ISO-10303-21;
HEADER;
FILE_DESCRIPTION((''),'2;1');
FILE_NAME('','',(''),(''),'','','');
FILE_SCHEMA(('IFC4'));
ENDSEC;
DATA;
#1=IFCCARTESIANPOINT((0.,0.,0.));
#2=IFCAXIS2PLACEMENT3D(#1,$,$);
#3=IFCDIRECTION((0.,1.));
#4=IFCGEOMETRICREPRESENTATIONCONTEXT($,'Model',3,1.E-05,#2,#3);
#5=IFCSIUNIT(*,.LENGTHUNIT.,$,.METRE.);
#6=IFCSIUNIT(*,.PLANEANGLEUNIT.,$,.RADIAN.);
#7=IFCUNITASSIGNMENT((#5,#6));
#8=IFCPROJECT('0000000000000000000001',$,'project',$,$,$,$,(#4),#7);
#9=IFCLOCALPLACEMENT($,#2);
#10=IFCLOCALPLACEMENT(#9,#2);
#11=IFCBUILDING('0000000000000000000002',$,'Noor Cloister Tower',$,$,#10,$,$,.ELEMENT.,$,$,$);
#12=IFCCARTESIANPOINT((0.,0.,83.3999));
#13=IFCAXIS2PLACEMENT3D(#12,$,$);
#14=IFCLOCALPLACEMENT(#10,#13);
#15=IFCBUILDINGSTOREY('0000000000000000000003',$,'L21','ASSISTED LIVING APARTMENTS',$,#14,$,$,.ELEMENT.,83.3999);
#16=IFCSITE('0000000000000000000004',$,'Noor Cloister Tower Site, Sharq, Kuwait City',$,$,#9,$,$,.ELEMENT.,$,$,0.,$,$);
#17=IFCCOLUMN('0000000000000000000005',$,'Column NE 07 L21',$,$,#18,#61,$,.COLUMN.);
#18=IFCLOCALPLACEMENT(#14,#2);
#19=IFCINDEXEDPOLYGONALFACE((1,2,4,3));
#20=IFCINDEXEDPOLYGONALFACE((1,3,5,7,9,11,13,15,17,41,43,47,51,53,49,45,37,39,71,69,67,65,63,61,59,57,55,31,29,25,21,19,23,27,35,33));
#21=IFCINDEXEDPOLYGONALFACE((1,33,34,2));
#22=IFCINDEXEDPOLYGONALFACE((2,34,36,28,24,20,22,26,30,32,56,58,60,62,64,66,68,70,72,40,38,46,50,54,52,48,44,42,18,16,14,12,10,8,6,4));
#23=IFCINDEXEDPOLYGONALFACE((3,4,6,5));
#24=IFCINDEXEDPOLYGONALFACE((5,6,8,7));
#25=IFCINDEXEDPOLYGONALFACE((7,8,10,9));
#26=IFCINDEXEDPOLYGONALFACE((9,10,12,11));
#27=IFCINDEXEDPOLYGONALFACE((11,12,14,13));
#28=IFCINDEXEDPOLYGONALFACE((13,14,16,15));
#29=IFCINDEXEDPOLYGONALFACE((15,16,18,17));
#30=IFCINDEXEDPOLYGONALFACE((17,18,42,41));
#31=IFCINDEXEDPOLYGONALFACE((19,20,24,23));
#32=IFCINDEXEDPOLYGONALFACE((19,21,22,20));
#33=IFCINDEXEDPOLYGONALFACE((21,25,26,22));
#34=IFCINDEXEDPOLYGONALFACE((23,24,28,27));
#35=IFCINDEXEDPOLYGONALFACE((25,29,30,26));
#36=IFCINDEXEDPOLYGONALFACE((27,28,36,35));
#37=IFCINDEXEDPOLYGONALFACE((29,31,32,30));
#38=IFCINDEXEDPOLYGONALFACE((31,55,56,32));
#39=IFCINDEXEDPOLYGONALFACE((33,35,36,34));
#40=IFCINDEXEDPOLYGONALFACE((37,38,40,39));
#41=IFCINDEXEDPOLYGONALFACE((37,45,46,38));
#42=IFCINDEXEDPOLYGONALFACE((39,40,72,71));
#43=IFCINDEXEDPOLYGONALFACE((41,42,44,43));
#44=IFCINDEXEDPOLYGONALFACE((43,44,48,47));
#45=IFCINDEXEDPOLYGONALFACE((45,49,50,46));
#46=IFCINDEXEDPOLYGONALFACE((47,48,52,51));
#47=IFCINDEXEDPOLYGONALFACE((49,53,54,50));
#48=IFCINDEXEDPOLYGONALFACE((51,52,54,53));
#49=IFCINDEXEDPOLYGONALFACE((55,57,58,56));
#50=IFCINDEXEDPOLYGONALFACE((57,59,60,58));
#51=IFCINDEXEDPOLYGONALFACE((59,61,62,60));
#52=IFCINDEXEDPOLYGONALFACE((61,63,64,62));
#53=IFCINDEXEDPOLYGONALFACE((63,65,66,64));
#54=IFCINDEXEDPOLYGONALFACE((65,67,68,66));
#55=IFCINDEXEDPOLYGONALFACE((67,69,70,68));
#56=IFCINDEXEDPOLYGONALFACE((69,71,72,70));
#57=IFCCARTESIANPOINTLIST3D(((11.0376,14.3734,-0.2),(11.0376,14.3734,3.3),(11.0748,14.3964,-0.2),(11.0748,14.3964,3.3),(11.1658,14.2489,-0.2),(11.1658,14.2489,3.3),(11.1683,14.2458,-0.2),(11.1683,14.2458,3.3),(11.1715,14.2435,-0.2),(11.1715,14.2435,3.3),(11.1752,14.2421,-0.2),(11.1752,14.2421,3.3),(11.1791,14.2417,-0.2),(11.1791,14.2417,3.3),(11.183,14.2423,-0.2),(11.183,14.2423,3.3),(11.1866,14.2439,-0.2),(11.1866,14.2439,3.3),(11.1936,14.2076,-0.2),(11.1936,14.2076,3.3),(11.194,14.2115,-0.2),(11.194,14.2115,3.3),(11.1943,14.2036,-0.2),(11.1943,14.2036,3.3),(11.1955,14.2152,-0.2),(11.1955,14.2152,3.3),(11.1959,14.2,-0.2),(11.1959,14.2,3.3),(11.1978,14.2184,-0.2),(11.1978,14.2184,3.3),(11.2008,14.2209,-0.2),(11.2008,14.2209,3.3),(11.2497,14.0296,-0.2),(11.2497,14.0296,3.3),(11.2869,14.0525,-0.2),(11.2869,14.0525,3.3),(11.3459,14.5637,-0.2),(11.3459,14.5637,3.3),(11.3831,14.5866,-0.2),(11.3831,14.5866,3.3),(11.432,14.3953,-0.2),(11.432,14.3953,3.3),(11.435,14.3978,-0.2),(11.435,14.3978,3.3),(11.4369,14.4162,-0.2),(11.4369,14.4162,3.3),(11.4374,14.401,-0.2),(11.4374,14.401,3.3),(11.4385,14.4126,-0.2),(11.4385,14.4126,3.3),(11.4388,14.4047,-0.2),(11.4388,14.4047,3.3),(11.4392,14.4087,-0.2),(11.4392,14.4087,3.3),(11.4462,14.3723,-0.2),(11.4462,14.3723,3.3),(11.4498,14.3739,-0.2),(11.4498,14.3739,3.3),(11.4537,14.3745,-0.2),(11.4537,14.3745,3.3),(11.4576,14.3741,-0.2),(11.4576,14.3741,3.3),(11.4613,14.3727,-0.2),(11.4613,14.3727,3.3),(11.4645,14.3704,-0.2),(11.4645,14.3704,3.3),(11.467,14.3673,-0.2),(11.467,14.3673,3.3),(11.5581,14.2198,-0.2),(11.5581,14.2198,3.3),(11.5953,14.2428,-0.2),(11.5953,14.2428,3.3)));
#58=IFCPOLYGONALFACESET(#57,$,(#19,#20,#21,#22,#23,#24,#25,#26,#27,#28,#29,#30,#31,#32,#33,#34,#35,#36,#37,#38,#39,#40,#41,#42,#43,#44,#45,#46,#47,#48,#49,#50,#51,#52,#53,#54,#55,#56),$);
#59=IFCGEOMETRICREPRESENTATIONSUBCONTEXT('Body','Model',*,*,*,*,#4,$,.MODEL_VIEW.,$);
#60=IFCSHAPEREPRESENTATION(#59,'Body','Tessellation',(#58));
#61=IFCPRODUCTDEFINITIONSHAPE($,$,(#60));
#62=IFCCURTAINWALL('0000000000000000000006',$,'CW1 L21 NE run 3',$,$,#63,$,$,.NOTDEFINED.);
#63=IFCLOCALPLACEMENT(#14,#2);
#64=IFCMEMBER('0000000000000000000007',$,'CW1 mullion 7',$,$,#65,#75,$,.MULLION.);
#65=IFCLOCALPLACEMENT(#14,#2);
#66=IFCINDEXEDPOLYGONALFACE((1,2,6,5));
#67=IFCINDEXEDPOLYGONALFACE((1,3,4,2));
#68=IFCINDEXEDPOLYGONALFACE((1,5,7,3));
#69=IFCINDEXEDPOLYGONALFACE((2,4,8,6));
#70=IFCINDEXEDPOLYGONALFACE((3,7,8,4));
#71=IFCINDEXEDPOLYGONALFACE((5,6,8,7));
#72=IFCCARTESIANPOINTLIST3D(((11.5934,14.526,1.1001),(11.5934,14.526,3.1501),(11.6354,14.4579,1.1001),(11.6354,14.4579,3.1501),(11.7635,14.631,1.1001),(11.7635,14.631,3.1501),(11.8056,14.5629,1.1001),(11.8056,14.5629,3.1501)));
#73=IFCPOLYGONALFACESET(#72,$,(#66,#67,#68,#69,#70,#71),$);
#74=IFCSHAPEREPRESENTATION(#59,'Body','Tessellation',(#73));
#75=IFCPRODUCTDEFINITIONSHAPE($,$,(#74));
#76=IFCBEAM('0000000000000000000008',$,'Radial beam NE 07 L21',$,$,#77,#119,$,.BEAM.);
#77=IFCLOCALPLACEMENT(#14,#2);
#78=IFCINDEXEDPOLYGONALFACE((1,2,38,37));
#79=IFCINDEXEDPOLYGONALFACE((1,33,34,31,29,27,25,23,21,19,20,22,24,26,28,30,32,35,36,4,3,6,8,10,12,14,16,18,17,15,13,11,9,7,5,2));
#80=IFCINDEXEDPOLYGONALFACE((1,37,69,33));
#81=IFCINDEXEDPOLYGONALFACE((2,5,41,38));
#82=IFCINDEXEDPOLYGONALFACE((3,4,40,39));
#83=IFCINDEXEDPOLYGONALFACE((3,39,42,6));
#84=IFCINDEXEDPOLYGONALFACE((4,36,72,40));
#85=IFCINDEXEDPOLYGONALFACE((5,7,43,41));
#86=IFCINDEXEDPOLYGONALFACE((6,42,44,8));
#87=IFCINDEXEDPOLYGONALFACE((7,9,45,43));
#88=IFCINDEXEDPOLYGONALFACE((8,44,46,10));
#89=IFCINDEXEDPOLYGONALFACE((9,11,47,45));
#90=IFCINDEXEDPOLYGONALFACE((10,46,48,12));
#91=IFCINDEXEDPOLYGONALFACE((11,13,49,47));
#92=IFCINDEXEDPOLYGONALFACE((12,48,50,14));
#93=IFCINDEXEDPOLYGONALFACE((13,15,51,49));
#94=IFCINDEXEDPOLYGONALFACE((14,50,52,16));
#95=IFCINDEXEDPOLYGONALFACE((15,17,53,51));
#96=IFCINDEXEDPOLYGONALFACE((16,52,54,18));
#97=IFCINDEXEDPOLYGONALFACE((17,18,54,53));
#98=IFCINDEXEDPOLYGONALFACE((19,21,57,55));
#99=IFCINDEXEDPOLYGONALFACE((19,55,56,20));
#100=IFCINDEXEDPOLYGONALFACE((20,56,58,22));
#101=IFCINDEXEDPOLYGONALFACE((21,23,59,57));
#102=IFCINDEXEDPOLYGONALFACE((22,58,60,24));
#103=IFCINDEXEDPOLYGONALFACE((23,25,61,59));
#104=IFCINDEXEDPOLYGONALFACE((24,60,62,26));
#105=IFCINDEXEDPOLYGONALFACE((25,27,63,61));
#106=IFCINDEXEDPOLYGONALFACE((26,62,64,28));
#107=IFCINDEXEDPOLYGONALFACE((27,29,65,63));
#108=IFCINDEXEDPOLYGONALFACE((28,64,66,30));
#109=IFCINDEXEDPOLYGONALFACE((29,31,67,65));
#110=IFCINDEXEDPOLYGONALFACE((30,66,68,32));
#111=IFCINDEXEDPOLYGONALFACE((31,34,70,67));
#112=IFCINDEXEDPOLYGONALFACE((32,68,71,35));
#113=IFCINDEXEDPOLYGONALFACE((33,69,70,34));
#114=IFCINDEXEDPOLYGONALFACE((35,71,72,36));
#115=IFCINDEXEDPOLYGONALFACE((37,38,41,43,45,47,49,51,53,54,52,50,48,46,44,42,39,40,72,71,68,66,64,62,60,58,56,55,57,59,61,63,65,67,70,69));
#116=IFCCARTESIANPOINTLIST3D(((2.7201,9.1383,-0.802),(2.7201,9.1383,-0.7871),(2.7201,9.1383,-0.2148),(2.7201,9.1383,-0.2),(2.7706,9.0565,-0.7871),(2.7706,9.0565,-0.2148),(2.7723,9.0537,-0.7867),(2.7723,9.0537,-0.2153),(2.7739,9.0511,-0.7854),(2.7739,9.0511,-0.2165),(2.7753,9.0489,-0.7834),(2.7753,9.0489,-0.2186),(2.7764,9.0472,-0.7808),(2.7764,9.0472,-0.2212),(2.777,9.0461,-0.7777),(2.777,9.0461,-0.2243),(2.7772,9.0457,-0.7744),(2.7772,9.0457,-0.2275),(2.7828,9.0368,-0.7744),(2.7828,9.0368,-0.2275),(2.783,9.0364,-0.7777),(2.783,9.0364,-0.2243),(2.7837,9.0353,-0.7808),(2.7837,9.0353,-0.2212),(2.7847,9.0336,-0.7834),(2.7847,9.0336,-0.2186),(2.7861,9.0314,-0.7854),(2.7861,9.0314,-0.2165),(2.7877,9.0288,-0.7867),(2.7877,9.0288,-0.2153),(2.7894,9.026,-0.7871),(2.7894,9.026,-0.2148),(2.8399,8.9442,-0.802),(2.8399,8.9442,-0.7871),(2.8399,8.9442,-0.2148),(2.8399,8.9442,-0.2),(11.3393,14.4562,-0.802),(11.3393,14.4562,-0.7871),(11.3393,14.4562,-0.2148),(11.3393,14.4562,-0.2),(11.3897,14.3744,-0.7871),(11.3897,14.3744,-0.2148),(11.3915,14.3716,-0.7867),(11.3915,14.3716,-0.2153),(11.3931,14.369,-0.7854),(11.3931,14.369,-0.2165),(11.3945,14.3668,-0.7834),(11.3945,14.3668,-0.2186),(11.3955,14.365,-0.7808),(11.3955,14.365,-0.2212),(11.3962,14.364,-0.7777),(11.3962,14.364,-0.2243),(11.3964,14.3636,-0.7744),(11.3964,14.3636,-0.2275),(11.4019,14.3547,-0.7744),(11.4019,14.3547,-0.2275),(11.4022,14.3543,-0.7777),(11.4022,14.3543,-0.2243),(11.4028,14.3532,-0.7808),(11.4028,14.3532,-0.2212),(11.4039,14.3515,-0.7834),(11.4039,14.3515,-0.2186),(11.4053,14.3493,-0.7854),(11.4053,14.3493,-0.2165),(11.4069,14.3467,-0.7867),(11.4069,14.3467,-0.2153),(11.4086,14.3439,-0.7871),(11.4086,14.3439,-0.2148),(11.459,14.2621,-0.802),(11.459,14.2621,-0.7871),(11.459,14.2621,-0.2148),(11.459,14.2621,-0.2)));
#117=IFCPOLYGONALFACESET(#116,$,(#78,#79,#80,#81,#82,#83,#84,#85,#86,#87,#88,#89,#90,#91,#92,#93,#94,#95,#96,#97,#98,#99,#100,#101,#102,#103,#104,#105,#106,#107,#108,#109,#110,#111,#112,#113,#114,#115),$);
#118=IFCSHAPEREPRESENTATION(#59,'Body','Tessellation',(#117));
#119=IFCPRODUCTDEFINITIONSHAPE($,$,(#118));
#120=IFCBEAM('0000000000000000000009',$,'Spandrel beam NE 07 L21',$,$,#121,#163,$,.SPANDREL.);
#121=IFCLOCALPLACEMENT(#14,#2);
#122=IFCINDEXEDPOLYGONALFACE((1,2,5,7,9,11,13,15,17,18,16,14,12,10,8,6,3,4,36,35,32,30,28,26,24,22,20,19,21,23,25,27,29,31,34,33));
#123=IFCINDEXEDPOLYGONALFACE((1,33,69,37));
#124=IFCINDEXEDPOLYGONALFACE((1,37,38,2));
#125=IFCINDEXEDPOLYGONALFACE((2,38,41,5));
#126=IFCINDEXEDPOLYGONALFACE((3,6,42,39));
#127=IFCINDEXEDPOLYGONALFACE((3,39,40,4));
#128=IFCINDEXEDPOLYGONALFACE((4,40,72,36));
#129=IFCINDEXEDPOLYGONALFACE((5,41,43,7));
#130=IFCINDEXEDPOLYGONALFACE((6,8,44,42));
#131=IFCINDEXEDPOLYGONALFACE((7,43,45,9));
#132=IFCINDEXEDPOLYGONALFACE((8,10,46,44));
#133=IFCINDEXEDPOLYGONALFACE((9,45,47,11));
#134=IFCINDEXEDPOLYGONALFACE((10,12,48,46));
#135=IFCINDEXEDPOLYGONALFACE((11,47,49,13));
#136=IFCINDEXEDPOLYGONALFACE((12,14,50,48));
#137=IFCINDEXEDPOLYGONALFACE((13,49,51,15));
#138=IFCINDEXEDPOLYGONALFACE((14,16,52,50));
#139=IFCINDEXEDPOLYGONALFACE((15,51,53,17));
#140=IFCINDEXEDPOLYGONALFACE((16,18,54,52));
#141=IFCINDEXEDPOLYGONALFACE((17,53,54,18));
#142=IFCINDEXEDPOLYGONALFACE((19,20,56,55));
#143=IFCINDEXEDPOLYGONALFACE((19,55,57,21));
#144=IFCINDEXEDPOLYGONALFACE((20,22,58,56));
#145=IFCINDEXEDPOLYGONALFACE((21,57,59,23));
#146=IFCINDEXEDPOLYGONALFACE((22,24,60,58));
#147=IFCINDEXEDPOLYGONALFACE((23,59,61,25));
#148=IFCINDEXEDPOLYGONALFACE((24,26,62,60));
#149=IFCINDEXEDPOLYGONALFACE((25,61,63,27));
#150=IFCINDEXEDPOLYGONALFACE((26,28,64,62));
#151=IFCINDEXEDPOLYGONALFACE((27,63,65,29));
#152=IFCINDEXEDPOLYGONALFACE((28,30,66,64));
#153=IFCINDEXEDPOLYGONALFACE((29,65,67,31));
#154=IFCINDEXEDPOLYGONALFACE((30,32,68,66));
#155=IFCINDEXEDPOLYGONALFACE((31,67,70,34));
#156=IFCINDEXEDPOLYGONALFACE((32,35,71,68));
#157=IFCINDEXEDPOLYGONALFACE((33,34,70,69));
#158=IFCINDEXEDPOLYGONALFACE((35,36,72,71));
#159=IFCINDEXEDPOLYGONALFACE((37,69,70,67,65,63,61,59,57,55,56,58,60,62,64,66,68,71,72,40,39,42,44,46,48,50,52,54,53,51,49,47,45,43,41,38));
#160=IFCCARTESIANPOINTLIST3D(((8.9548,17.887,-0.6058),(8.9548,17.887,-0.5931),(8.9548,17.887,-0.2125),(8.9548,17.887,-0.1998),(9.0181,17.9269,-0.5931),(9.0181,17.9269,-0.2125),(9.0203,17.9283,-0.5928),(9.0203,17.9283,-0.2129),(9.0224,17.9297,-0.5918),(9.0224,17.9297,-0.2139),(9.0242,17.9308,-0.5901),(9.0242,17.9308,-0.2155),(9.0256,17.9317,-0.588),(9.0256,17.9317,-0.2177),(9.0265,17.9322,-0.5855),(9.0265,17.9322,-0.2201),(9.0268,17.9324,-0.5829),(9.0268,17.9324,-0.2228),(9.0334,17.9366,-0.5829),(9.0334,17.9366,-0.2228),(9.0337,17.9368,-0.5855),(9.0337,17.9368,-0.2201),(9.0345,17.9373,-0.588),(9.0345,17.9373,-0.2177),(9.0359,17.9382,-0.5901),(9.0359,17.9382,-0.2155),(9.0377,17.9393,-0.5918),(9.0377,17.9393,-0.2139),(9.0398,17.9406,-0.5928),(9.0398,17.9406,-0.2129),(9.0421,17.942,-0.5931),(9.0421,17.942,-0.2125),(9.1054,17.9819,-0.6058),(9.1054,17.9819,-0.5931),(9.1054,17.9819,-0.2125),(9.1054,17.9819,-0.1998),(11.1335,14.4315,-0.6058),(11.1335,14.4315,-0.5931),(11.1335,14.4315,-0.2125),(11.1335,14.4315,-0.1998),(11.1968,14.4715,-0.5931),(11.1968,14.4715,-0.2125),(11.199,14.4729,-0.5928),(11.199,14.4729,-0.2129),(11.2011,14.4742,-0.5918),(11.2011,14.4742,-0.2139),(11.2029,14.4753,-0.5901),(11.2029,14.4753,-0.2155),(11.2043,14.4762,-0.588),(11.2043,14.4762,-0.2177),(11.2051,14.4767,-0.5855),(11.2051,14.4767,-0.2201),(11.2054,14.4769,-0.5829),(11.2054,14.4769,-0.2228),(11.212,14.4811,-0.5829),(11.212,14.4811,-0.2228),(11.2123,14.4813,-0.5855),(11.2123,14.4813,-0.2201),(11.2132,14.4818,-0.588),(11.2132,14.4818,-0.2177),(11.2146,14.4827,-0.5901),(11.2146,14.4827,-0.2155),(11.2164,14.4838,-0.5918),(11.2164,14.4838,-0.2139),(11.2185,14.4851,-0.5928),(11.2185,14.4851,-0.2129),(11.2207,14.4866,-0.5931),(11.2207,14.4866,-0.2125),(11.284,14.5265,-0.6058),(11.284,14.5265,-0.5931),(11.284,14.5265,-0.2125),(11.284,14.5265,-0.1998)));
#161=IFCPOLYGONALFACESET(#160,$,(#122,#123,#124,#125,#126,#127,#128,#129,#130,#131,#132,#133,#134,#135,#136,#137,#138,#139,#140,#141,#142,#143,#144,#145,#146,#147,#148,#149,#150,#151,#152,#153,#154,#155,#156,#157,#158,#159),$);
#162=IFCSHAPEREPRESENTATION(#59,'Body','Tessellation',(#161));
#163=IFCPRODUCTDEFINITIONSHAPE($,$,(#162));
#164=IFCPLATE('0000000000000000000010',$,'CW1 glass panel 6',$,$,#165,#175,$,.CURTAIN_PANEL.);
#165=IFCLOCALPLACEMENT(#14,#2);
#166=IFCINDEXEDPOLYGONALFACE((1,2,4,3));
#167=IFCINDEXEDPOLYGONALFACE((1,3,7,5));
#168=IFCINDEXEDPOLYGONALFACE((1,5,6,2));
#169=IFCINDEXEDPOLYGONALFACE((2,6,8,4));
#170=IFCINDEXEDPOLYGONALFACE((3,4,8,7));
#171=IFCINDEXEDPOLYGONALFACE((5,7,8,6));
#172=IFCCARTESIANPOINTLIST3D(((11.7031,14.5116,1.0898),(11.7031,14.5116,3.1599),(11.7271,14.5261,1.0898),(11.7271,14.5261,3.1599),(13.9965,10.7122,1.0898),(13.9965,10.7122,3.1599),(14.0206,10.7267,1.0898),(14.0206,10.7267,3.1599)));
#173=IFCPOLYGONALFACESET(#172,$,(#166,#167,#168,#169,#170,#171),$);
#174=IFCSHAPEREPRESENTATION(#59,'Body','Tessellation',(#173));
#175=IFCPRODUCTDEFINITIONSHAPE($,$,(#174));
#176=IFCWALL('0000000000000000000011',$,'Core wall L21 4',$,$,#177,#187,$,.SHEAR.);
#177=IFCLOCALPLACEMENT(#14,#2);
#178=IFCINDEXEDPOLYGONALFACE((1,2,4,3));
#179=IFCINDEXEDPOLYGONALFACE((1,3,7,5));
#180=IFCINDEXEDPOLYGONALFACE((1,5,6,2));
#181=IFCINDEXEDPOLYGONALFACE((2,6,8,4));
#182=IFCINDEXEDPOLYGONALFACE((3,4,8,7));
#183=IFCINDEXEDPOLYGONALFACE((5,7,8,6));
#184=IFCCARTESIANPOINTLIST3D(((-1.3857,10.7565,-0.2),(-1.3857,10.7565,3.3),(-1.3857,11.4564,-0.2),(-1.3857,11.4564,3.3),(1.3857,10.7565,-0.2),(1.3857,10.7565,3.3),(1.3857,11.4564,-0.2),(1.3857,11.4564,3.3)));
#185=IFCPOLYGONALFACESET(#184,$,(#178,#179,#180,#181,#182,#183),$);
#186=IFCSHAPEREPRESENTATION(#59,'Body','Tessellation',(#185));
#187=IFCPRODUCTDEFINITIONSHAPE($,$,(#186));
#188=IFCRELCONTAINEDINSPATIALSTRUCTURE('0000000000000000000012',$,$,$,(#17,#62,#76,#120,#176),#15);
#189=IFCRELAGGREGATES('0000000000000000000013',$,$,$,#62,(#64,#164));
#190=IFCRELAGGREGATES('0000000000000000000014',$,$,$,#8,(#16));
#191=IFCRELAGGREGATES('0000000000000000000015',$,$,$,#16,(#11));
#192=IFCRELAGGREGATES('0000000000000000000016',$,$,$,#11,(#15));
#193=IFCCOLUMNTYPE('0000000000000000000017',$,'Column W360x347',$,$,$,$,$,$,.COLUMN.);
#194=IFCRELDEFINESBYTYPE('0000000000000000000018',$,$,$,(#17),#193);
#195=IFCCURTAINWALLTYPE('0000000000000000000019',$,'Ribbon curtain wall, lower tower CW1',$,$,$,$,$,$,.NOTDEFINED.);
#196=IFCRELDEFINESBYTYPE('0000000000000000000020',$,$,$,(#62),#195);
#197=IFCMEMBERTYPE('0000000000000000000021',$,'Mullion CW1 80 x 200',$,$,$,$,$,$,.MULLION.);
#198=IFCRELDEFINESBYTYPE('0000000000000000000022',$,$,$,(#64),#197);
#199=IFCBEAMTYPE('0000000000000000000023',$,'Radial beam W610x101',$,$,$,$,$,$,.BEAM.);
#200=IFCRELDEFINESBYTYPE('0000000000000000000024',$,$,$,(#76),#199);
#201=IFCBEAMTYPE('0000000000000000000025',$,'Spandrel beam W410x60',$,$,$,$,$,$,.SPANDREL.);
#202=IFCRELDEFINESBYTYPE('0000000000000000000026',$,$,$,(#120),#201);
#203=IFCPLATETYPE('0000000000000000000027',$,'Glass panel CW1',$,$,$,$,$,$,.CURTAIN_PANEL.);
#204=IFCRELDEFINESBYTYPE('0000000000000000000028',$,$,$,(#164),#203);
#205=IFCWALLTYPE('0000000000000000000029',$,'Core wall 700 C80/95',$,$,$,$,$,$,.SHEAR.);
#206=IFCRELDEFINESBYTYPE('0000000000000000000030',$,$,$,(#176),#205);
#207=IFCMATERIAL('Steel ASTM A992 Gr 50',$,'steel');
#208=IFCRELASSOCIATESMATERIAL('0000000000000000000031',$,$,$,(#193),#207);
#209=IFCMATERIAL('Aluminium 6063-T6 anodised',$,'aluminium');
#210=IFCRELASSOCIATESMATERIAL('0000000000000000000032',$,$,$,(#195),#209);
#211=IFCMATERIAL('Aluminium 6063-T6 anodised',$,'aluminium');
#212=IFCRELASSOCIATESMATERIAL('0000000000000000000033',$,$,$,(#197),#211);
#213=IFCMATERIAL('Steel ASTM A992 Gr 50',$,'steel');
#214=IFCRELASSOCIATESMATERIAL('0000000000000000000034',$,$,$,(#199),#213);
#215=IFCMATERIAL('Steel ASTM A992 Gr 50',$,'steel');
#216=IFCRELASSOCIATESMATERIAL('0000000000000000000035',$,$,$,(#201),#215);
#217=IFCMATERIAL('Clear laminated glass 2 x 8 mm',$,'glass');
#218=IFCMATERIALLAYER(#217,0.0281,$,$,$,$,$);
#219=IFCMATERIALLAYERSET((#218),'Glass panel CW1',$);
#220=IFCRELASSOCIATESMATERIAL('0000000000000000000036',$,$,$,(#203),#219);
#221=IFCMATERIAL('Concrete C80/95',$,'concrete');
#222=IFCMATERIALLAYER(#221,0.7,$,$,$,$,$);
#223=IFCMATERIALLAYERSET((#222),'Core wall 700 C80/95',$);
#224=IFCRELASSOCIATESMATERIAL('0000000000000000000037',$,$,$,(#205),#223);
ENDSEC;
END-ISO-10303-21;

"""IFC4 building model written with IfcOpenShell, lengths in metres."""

from ifc_helpers import new_model, si_unit, direction, frame, frame_2d, origin, origin_2d, place, context, subcontext, project, spatial, rectangle, i_section, extrude, material, layer, layer_set, material_profile, profile_set, type_object, element, aggregate, save


model = new_model("IFC4")

# Units and contexts
model_context = context("Model", 3, precision=1e-05, world=origin(), true_north=direction((0.0, 1.0)))
body_context = subcontext(model_context, "Body", "Model", "MODEL_VIEW")
ifc_project = project(units=[si_unit("LENGTHUNIT", "METRE"), si_unit("PLANEANGLEUNIT", "RADIAN")], contexts=[model_context])

# Site, building, storey
site_placement = place(None, origin())
site = spatial("IfcSite", under=ifc_project, at=site_placement, Name="Noor Cloister Tower Site, Sharq, Kuwait City", CompositionType="ELEMENT", RefElevation=0.0)
building_placement = place(site_placement, origin())
building = spatial("IfcBuilding", under=site, at=building_placement, Name="Noor Cloister Tower", CompositionType="ELEMENT")
storey_placement = place(building_placement, frame((0.0, 0.0, 83.3999)))
storey = spatial("IfcBuildingStorey", under=building, at=storey_placement, Name="L21", Description="ASSISTED LIVING APARTMENTS", CompositionType="ELEMENT", Elevation=83.3999)

# Column
ifc_material_1 = material(Name="Steel ASTM A992 Gr 50", Category="steel")
ifc_material_profile_1 = material_profile(ifc_material_1, i_section(OverallWidth=0.4041, OverallDepth=0.406, WebThickness=0.0271, FlangeThickness=0.0437, FilletRadius=0.0151, at=origin_2d()), Name="W360x347")
ifc_profile_set_1 = profile_set([ifc_material_profile_1], Name="Steel ASTM A992 Gr 50")
column_type = type_object("IfcColumnType", Name="Column W360x347", PredefinedType="COLUMN", material=ifc_profile_set_1)
column_placement = place(storey_placement, frame((11.3164, 14.3081, -0.2), z_axis=(0.0, 0.0, 1.0), x_axis=(-0.525088, 0.851048, 0.0)))
element("IfcColumn", 1, at=column_placement, inside=storey, type_object=column_type, Name="Column NE 07 L21", PredefinedType="COLUMN", context=body_context, shape_type="SweptSolid", body=[
    extrude(i_section(OverallWidth=0.4041, OverallDepth=0.406, WebThickness=0.0271, FlangeThickness=0.0437, FilletRadius=0.0151, at=origin_2d()), origin(), (0.0, 0.0, 1.0), 3.5),
])

# Curtain wall, member
ifc_material_2 = material(Name="Aluminium 6063-T6 anodised", Category="aluminium")
curtain_wall_type = type_object("IfcCurtainWallType", Name="Ribbon curtain wall, lower tower CW1", PredefinedType="NOTDEFINED", material=ifc_material_2)
curtain_wall_placement = place(storey_placement, origin())
curtain_wall = element("IfcCurtainWall", 2, at=curtain_wall_placement, inside=storey, type_object=curtain_wall_type, Name="CW1 L21 NE run 3", PredefinedType="NOTDEFINED")
ifc_material_3 = material(Name="Aluminium 6063-T6 anodised", Category="aluminium")
ifc_material_profile_2 = material_profile(ifc_material_3, rectangle(XDim=0.2, YDim=0.0801, at=origin_2d()), Name="200 x 80 mullion")
ifc_profile_set_2 = profile_set([ifc_material_profile_2], Name="Aluminium 6063-T6 anodised")
member_type = type_object("IfcMemberType", Name="Mullion CW1 80 x 200", PredefinedType="MULLION", material=ifc_profile_set_2)
member_placement = place(storey_placement, frame((11.6995, 14.5444, 1.1001), z_axis=(0.0, 0.0, 1.0), x_axis=(-0.851048, -0.525088, 0.0)))
member = element("IfcMember", 3, at=member_placement, type_object=member_type, Name="CW1 mullion 7", PredefinedType="MULLION", context=body_context, shape_type="SweptSolid", body=[
    extrude(rectangle(XDim=0.2, YDim=0.0801, at=origin_2d()), origin(), (0.0, 0.0, 1.0), 2.05),
])

# Beams
ifc_material_4 = material(Name="Steel ASTM A992 Gr 50", Category="steel")
ifc_material_profile_3 = material_profile(ifc_material_4, i_section(OverallWidth=0.228, OverallDepth=0.6021, WebThickness=0.0105, FlangeThickness=0.0149, FilletRadius=0.0127, at=origin_2d()), Name="W610x101")
ifc_profile_set_3 = profile_set([ifc_material_profile_3], Name="Steel ASTM A992 Gr 50")
beam_type_1 = type_object("IfcBeamType", Name="Radial beam W610x101", PredefinedType="BEAM", material=ifc_profile_set_3)
beam_1_placement = place(storey_placement, frame((11.3992, 14.3591, -0.501), z_axis=(-0.85105, -0.525084, 0.0), x_axis=(0.525084, -0.85105, 0.0)))
element("IfcBeam", 4, at=beam_1_placement, inside=storey, type_object=beam_type_1, Name="Radial beam NE 07 L21", PredefinedType="BEAM", context=body_context, shape_type="SweptSolid", body=[
    extrude(i_section(OverallWidth=0.228, OverallDepth=0.6021, WebThickness=0.0105, FlangeThickness=0.0149, FilletRadius=0.0127, at=origin_2d()), origin(), (0.0, 0.0, 1.0), 10.1277),
])
ifc_material_5 = material(Name="Steel ASTM A992 Gr 50", Category="steel")
ifc_material_profile_4 = material_profile(ifc_material_5, i_section(OverallWidth=0.178, OverallDepth=0.406, WebThickness=0.0078, FlangeThickness=0.0127, FilletRadius=0.0103, at=origin_2d()), Name="W410x60")
ifc_profile_set_4 = profile_set([ifc_material_profile_4], Name="Steel ASTM A992 Gr 50")
beam_type_2 = type_object("IfcBeamType", Name="Spandrel beam W410x60", PredefinedType="SPANDREL", material=ifc_profile_set_4)
beam_2_placement = place(storey_placement, frame((11.2087, 14.479, -0.4028), z_axis=(-0.533336, 0.845903, 0.0), x_axis=(-0.845903, -0.533336, 0.0)))
element("IfcBeam", 5, at=beam_2_placement, inside=storey, type_object=beam_type_2, Name="Spandrel beam NE 07 L21", PredefinedType="SPANDREL", context=body_context, shape_type="SweptSolid", body=[
    extrude(i_section(OverallWidth=0.178, OverallDepth=0.406, WebThickness=0.0078, FlangeThickness=0.0127, FilletRadius=0.0103, at=origin_2d()), origin(), (0.0, 0.0, 1.0), 4.085),
])

# Plate
ifc_material_6 = material(Name="Clear laminated glass 2 x 8 mm", Category="glass")
ifc_layer_1 = layer(ifc_material_6, 0.0281)
ifc_layer_set_1 = layer_set([ifc_layer_1], Name="Glass panel CW1")
plate_type = type_object("IfcPlateType", Name="Glass panel CW1", PredefinedType="CURTAIN_PANEL", material=ifc_layer_set_1)
plate_placement = place(storey_placement, frame((12.8618, 12.6191, 1.0898), z_axis=(0.0, 0.0, 1.0), x_axis=(-0.516774, 0.856122, 0.0)))
plate = element("IfcPlate", 6, at=plate_placement, type_object=plate_type, Name="CW1 glass panel 6", PredefinedType="CURTAIN_PANEL", context=body_context, shape_type="SweptSolid", body=[
    extrude(rectangle(XDim=4.438, YDim=0.0281, at=origin_2d()), origin(), (0.0, 0.0, 1.0), 2.0701),
])
aggregate(curtain_wall, [member, plate])

# Wall
ifc_material_7 = material(Name="Concrete C80/95", Category="concrete")
ifc_layer_2 = layer(ifc_material_7, 0.7)
ifc_layer_set_2 = layer_set([ifc_layer_2], Name="Core wall 700 C80/95")
wall_type_1 = type_object("IfcWallType", Name="Core wall 700 C80/95", PredefinedType="SHEAR", material=ifc_layer_set_2)
wall_1_placement = place(storey_placement, frame((1.3857, 11.1064, -0.2), z_axis=(0.0, 0.0, 1.0), x_axis=(-1.0, 0.0, 0.0)))
element("IfcWall", 7, at=wall_1_placement, inside=storey, type_object=wall_type_1, Name="Core wall L21 4", PredefinedType="SHEAR", context=body_context, shape_type="SweptSolid", body=[
    extrude(rectangle(XDim=2.7715, YDim=0.7, at=frame_2d((1.3857, 0.0))), origin(), (0.0, 0.0, 1.0), 3.5),
])

save(model, "model.ifc")
